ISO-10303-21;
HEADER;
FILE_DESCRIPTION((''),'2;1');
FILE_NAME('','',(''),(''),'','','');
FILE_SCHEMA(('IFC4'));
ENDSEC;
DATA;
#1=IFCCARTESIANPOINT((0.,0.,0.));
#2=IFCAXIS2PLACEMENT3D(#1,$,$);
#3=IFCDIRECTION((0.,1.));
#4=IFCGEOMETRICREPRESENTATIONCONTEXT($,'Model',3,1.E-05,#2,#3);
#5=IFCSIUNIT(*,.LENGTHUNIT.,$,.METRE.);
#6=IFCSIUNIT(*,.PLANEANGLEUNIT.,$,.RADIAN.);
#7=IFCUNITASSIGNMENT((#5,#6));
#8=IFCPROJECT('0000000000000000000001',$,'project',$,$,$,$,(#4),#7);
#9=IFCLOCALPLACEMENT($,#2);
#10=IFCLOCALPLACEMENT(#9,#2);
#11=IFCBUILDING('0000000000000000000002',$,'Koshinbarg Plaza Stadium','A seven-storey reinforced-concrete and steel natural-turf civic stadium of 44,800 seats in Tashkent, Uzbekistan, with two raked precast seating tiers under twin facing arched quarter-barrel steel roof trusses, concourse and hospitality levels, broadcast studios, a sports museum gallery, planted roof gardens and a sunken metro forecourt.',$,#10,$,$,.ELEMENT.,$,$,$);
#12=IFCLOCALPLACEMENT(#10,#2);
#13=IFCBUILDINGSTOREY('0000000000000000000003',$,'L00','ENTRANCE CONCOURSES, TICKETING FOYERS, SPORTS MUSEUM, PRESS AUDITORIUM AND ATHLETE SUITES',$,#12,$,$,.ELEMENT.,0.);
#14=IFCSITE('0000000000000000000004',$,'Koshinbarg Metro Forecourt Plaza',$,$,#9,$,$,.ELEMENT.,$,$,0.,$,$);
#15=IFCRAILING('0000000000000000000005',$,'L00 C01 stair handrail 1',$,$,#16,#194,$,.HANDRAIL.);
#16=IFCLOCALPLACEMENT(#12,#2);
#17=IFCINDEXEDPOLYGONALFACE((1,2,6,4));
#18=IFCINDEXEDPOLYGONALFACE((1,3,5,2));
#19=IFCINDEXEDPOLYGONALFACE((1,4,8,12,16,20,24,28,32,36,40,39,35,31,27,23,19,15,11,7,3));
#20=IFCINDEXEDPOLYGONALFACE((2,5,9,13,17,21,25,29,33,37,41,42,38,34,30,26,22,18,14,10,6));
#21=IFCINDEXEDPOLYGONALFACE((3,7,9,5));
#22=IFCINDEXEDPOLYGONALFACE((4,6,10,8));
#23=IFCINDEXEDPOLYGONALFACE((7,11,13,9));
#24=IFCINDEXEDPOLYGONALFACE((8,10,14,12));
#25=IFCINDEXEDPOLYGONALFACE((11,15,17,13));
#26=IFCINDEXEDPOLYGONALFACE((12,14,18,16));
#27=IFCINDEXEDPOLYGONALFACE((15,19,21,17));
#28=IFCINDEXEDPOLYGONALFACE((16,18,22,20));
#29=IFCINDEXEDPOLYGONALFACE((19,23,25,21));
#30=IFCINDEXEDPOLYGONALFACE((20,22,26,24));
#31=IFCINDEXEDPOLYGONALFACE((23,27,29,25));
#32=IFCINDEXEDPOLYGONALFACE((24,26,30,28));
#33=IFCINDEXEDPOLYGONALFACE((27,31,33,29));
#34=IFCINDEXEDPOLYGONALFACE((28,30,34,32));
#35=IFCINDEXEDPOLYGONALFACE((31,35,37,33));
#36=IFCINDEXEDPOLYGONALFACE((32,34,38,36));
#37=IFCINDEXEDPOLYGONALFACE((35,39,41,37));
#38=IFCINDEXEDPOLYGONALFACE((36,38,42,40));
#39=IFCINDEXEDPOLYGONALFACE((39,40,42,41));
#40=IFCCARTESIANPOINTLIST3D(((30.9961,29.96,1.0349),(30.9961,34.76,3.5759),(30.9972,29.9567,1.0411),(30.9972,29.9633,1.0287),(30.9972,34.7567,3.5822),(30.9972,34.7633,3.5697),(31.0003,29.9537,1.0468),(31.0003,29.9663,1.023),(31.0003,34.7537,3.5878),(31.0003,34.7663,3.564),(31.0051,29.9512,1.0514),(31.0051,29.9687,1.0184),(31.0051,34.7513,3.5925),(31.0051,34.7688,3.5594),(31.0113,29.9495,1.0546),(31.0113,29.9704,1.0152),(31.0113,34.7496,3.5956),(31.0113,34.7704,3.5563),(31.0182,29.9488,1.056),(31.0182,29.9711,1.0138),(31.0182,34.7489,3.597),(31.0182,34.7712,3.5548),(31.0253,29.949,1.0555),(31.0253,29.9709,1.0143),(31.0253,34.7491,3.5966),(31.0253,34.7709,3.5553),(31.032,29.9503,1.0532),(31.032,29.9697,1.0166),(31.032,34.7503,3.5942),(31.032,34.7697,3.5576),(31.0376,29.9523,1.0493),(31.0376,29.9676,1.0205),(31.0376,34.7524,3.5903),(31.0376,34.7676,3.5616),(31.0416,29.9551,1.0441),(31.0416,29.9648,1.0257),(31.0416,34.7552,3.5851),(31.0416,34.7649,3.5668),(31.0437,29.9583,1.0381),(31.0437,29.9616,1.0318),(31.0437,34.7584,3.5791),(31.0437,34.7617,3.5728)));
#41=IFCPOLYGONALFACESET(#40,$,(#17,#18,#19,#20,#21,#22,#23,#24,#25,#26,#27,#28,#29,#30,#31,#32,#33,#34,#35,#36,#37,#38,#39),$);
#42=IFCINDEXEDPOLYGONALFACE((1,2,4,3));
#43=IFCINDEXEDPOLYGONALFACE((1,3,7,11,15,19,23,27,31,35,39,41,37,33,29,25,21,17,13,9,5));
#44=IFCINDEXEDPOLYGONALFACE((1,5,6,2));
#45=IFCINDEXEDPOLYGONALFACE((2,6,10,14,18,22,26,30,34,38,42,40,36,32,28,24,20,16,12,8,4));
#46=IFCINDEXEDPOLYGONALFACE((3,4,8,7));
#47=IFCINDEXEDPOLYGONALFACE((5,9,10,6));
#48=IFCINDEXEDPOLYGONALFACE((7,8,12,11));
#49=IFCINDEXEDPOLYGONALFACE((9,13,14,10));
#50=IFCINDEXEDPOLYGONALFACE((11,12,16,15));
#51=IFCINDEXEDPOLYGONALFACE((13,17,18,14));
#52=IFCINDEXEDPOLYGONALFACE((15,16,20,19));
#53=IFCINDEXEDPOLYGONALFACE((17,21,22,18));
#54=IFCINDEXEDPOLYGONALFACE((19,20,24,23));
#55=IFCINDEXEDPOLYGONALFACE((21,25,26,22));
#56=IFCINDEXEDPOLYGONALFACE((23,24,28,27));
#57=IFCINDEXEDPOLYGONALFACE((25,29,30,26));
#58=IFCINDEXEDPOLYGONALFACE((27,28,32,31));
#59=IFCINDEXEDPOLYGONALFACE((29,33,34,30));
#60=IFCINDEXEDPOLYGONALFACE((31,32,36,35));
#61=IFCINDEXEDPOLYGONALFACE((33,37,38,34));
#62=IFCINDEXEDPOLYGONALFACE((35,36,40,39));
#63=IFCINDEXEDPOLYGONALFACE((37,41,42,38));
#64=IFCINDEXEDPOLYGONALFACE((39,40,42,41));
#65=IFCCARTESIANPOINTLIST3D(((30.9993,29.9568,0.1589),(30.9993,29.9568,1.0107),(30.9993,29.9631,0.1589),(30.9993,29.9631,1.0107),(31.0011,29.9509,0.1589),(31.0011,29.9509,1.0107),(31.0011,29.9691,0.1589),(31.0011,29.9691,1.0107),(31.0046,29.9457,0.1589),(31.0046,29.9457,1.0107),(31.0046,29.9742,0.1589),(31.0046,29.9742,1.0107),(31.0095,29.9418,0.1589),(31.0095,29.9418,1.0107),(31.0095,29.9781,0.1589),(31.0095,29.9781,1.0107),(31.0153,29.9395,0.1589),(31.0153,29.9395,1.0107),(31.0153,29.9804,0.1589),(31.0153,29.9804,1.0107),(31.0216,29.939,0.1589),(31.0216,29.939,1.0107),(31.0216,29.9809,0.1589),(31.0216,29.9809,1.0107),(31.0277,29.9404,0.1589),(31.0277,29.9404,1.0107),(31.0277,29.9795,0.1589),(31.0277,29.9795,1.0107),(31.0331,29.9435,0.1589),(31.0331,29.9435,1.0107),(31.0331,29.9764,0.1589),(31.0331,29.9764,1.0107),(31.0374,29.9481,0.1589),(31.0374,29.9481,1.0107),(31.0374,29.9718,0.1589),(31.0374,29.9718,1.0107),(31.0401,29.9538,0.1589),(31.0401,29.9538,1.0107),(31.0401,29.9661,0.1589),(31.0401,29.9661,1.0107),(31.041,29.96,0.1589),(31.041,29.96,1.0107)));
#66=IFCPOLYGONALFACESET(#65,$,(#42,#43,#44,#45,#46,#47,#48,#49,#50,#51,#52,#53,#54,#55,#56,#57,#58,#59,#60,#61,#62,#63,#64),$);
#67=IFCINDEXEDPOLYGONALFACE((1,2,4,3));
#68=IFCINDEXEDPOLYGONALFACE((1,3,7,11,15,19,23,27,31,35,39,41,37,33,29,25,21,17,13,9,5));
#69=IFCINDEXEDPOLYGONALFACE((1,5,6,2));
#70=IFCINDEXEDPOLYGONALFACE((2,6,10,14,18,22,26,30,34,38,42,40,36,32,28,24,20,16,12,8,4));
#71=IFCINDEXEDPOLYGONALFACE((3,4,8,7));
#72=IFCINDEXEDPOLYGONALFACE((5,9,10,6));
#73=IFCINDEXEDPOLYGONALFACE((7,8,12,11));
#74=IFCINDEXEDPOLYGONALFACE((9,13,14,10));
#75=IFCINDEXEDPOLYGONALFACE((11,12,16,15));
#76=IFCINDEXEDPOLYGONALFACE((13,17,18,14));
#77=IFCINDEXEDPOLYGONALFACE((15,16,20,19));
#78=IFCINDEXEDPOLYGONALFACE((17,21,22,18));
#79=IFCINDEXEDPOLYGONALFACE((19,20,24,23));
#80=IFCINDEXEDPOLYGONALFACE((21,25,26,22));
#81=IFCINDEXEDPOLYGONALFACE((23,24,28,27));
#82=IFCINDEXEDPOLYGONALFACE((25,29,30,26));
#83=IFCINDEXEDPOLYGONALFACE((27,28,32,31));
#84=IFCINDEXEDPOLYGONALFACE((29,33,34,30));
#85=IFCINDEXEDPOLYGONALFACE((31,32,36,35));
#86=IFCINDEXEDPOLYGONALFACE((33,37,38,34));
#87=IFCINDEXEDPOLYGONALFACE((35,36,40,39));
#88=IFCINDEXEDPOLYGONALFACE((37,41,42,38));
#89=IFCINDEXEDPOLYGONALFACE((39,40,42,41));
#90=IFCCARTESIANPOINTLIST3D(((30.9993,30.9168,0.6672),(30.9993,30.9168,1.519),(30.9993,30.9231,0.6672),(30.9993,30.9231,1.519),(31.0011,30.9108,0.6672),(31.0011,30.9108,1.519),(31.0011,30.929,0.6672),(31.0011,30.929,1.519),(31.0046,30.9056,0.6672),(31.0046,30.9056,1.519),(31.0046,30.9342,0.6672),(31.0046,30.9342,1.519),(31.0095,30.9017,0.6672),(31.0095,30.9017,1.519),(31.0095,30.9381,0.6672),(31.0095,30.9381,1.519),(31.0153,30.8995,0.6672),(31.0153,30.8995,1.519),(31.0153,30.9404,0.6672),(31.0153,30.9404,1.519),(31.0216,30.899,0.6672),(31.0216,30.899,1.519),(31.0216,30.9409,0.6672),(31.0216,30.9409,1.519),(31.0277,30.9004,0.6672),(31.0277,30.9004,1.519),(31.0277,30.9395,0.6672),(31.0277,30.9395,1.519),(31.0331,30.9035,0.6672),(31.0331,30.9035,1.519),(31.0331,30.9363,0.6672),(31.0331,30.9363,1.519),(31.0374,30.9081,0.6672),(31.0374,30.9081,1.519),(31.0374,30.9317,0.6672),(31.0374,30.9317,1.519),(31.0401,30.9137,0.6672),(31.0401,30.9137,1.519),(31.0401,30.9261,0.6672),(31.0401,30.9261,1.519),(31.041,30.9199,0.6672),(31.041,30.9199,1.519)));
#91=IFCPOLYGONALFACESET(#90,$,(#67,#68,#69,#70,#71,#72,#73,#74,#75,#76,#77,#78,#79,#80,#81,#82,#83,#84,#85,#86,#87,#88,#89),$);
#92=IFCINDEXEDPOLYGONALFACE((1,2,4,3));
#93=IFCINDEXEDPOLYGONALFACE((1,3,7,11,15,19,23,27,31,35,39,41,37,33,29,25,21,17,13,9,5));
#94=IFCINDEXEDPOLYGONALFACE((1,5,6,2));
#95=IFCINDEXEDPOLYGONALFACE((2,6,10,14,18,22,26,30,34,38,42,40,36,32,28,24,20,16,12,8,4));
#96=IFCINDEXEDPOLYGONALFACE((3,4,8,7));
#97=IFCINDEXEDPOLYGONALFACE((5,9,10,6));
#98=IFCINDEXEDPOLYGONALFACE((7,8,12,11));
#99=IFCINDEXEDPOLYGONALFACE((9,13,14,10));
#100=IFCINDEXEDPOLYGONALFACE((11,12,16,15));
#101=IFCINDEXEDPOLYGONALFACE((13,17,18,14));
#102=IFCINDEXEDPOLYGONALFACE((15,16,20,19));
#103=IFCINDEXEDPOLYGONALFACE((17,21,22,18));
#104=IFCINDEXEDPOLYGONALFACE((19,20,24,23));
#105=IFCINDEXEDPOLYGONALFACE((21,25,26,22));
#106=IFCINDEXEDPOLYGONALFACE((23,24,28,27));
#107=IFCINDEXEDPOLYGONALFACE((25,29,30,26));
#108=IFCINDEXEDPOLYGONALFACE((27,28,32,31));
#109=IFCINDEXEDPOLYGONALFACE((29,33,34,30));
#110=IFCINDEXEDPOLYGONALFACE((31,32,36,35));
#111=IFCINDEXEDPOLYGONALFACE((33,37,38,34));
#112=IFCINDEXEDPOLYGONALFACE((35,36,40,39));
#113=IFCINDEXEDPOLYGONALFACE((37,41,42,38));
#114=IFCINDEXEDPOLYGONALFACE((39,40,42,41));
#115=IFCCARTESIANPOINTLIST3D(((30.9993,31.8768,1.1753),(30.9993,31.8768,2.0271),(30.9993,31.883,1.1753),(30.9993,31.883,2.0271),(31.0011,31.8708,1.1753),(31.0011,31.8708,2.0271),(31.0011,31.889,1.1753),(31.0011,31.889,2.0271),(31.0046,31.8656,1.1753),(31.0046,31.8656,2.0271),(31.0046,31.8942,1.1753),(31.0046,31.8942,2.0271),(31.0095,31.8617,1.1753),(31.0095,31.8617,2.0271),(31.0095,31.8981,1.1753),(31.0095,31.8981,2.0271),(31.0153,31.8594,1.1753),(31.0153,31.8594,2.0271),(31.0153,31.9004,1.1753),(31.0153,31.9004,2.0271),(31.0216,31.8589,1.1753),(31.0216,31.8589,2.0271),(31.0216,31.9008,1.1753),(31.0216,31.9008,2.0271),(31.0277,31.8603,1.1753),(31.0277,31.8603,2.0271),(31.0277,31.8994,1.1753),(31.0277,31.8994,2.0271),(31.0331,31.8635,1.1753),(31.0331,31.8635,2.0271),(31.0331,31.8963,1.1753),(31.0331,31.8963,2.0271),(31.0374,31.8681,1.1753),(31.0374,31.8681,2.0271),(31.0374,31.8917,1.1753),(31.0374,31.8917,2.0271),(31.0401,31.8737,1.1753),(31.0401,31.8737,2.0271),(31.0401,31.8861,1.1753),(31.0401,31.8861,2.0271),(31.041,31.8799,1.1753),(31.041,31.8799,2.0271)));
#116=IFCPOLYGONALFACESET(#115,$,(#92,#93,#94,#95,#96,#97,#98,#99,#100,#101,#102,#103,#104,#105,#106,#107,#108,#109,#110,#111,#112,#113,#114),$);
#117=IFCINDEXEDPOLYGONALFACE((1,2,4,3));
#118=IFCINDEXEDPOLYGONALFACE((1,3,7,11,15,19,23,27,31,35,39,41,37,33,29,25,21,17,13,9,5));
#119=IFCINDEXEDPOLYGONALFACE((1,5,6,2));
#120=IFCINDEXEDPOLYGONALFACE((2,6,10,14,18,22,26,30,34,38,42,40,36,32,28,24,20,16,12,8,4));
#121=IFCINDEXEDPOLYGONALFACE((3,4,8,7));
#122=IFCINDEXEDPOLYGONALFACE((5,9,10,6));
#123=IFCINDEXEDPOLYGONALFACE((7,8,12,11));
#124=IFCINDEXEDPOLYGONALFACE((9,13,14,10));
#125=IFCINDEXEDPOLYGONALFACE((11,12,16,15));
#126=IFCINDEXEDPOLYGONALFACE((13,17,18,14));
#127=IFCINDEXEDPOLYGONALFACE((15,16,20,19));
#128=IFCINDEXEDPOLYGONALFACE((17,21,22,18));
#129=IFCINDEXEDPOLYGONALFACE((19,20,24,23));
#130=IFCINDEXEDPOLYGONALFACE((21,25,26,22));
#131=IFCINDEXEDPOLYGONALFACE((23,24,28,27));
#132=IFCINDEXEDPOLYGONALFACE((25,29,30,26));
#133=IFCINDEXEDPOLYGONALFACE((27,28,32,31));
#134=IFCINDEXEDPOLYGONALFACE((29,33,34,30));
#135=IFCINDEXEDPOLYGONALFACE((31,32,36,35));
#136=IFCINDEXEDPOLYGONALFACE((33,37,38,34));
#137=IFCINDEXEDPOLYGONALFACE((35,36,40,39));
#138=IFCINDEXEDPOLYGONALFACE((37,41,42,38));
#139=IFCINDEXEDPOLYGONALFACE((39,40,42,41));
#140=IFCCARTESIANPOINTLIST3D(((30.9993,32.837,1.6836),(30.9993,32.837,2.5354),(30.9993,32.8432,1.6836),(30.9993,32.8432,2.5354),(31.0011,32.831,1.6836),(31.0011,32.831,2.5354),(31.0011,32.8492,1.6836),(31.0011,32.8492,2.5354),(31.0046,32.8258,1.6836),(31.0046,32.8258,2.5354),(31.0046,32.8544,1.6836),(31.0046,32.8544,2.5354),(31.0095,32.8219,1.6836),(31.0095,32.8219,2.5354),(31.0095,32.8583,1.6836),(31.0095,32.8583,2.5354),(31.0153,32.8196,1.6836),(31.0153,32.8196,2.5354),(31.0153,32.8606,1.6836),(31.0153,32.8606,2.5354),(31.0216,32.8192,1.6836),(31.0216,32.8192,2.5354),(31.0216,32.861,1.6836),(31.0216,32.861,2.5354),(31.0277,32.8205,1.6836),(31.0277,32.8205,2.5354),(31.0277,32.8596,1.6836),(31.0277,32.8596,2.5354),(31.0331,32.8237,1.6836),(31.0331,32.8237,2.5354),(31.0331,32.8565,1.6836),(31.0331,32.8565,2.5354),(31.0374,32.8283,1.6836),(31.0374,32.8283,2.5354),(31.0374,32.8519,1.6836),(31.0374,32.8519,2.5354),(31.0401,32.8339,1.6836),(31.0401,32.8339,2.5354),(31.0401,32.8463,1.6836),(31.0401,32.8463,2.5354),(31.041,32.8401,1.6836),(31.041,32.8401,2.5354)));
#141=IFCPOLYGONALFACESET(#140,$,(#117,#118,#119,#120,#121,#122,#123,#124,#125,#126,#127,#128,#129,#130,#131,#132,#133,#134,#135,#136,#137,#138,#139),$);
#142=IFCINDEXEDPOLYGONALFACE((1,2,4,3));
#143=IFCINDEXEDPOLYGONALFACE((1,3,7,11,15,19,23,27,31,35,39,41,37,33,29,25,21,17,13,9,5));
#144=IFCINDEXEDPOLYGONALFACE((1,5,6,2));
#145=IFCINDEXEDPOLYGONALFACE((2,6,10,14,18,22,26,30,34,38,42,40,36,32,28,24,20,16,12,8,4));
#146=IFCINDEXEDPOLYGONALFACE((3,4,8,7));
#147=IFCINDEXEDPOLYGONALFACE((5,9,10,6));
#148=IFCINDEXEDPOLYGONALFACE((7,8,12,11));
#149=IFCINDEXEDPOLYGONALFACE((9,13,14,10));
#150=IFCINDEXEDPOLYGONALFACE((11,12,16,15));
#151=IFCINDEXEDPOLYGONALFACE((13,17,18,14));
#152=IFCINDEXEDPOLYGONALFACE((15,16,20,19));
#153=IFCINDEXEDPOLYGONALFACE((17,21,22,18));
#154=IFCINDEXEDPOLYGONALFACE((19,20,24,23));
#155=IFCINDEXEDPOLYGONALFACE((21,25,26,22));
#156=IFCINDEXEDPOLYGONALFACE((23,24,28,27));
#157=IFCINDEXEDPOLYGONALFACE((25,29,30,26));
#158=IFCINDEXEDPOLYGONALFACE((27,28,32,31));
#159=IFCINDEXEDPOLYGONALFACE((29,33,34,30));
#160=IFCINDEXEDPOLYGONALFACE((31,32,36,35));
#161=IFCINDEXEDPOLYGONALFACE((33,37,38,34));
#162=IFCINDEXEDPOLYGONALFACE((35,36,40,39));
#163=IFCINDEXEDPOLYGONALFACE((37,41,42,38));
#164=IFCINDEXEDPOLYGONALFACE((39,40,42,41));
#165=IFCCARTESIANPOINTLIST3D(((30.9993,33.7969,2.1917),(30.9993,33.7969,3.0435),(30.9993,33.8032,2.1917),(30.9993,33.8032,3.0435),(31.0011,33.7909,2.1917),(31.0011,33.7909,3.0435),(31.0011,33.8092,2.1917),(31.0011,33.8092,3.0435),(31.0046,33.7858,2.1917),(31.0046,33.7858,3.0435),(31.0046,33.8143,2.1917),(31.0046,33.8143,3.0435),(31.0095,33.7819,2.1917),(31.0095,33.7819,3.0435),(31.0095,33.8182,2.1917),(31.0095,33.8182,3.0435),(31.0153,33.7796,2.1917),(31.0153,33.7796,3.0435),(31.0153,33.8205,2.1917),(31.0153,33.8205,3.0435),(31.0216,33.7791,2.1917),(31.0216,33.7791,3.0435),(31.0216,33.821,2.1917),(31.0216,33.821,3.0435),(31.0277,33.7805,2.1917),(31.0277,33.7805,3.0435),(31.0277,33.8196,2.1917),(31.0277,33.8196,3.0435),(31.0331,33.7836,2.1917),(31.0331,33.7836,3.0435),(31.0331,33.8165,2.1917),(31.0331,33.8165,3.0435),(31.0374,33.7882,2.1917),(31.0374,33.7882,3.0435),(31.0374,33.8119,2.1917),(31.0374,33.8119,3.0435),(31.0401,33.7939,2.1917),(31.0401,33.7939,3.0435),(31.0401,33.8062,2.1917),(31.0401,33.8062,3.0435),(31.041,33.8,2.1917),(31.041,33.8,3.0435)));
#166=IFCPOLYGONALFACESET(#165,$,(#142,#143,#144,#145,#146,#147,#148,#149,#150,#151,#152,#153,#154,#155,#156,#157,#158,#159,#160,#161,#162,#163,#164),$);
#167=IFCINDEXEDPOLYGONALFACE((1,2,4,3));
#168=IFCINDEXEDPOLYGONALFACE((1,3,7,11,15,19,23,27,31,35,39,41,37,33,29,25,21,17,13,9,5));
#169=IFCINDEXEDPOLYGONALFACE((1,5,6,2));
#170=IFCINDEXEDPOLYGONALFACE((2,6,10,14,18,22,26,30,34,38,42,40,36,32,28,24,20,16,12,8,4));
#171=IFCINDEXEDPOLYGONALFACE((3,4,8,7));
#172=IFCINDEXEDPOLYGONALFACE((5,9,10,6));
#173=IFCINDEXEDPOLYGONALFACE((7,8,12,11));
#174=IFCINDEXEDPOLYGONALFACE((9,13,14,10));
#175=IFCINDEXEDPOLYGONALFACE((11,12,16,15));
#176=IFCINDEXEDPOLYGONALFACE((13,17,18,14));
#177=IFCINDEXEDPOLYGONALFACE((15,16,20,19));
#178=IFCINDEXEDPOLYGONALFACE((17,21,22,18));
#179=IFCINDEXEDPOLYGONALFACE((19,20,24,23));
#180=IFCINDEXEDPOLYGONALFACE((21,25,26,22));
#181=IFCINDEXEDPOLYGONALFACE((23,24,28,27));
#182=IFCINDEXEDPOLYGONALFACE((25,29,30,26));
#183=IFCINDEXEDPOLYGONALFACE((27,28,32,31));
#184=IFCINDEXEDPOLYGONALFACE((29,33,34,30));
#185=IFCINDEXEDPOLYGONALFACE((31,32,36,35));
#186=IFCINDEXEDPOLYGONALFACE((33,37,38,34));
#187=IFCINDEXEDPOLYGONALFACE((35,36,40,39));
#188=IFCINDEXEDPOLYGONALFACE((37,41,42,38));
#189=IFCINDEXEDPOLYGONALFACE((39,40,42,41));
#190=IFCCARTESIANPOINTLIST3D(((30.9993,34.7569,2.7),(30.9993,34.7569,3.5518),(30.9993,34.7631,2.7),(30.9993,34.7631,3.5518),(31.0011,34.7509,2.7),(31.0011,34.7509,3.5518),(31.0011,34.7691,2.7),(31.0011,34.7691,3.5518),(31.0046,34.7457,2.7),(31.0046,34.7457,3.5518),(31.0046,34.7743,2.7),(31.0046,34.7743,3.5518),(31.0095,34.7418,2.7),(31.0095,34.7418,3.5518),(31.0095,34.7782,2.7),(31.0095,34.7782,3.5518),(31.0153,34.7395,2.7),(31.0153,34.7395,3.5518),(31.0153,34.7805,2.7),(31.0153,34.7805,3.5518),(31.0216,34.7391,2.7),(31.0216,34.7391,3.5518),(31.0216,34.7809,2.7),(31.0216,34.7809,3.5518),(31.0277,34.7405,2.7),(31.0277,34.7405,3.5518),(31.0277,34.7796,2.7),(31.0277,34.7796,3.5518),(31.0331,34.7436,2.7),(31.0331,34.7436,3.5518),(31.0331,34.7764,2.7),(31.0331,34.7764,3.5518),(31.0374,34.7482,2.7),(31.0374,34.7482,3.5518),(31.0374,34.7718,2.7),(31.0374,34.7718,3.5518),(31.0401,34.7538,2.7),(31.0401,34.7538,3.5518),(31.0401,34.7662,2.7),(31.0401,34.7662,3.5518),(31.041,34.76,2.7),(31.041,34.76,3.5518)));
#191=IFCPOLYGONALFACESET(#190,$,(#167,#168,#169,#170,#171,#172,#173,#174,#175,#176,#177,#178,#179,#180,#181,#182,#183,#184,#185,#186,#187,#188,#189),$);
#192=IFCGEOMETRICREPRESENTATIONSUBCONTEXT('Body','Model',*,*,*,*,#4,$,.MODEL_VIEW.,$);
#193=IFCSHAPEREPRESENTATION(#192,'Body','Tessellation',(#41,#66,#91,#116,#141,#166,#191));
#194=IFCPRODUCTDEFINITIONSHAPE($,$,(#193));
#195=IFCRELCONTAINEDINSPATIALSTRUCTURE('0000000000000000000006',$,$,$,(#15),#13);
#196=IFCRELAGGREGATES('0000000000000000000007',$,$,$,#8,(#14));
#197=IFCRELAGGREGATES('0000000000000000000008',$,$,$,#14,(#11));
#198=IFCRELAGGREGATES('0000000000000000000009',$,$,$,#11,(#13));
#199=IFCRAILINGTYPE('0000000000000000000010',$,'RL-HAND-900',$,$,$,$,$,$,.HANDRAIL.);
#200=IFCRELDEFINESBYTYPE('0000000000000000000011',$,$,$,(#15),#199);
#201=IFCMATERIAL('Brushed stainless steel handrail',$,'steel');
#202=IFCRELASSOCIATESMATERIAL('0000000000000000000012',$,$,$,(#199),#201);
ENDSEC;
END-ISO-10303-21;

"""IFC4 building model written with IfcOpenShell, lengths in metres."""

from ifc_helpers import new_model, si_unit, direction, frame, origin, origin_2d, place, context, subcontext, project, spatial, circle, extrude, material, type_object, element, save


model = new_model("IFC4")

# Units and contexts
model_context = context("Model", 3, precision=1e-05, world=origin(), true_north=direction((0.0, 1.0)))
body_context = subcontext(model_context, "Body", "Model", "MODEL_VIEW")
ifc_project = project(units=[si_unit("LENGTHUNIT", "METRE"), si_unit("PLANEANGLEUNIT", "RADIAN")], contexts=[model_context])

# Site, building, storey
site_placement = place(None, origin())
site = spatial("IfcSite", under=ifc_project, at=site_placement, Name="Koshinbarg Metro Forecourt Plaza", CompositionType="ELEMENT", RefElevation=0.0)
building_placement = place(site_placement, origin())
building = spatial("IfcBuilding", under=site, at=building_placement, Name="Koshinbarg Plaza Stadium", Description="A seven-storey reinforced-concrete and steel natural-turf civic stadium of 44,800 seats in Tashkent, Uzbekistan, with two raked precast seating tiers under twin facing arched quarter-barrel steel roof trusses, concourse and hospitality levels, broadcast studios, a sports museum gallery, planted roof gardens and a sunken metro forecourt.", CompositionType="ELEMENT")
storey_placement = place(building_placement, origin())
storey = spatial("IfcBuildingStorey", under=building, at=storey_placement, Name="L00", Description="ENTRANCE CONCOURSES, TICKETING FOYERS, SPORTS MUSEUM, PRESS AUDITORIUM AND ATHLETE SUITES", CompositionType="ELEMENT", Elevation=0.0)

# Railing
ifc_material_1 = material(Name="Brushed stainless steel handrail", Category="steel")
railing_type_1 = type_object("IfcRailingType", Name="RL-HAND-900", PredefinedType="HANDRAIL", material=ifc_material_1)
railing_1_placement = place(storey_placement, frame((31.02, 29.96, 0.1589)))
element("IfcRailing", 1, at=railing_1_placement, inside=storey, type_object=railing_type_1, Name="L00 C01 stair handrail 1", PredefinedType="HANDRAIL", context=body_context, shape_type="SweptSolid", body=[
    extrude(circle(Radius=0.0239, at=origin_2d()), frame((0.0, 0.0, 0.876), z_axis=(0.0, 0.883802, 0.467861), x_axis=(-1.0, 0.0, 0.0)), (0.0, 0.0, 1.0), 5.4312),
    extrude(circle(Radius=0.021, at=origin_2d()), origin(), (0.0, 0.0, 1.0), 0.8518),
    extrude(circle(Radius=0.021, at=origin_2d()), frame((0.0, 0.96, 0.5083)), (0.0, 0.0, 1.0), 0.8518),
    extrude(circle(Radius=0.021, at=origin_2d()), frame((0.0, 1.9199, 1.0164)), (0.0, 0.0, 1.0), 0.8518),
    extrude(circle(Radius=0.021, at=origin_2d()), frame((0.0, 2.8801, 1.5247)), (0.0, 0.0, 1.0), 0.8518),
    extrude(circle(Radius=0.021, at=origin_2d()), frame((0.0, 3.8401, 2.0327)), (0.0, 0.0, 1.0), 0.8518),
    extrude(circle(Radius=0.021, at=origin_2d()), frame((0.0, 4.8, 2.541)), (0.0, 0.0, 1.0), 0.8518),
])

save(model, "model.ifc")
